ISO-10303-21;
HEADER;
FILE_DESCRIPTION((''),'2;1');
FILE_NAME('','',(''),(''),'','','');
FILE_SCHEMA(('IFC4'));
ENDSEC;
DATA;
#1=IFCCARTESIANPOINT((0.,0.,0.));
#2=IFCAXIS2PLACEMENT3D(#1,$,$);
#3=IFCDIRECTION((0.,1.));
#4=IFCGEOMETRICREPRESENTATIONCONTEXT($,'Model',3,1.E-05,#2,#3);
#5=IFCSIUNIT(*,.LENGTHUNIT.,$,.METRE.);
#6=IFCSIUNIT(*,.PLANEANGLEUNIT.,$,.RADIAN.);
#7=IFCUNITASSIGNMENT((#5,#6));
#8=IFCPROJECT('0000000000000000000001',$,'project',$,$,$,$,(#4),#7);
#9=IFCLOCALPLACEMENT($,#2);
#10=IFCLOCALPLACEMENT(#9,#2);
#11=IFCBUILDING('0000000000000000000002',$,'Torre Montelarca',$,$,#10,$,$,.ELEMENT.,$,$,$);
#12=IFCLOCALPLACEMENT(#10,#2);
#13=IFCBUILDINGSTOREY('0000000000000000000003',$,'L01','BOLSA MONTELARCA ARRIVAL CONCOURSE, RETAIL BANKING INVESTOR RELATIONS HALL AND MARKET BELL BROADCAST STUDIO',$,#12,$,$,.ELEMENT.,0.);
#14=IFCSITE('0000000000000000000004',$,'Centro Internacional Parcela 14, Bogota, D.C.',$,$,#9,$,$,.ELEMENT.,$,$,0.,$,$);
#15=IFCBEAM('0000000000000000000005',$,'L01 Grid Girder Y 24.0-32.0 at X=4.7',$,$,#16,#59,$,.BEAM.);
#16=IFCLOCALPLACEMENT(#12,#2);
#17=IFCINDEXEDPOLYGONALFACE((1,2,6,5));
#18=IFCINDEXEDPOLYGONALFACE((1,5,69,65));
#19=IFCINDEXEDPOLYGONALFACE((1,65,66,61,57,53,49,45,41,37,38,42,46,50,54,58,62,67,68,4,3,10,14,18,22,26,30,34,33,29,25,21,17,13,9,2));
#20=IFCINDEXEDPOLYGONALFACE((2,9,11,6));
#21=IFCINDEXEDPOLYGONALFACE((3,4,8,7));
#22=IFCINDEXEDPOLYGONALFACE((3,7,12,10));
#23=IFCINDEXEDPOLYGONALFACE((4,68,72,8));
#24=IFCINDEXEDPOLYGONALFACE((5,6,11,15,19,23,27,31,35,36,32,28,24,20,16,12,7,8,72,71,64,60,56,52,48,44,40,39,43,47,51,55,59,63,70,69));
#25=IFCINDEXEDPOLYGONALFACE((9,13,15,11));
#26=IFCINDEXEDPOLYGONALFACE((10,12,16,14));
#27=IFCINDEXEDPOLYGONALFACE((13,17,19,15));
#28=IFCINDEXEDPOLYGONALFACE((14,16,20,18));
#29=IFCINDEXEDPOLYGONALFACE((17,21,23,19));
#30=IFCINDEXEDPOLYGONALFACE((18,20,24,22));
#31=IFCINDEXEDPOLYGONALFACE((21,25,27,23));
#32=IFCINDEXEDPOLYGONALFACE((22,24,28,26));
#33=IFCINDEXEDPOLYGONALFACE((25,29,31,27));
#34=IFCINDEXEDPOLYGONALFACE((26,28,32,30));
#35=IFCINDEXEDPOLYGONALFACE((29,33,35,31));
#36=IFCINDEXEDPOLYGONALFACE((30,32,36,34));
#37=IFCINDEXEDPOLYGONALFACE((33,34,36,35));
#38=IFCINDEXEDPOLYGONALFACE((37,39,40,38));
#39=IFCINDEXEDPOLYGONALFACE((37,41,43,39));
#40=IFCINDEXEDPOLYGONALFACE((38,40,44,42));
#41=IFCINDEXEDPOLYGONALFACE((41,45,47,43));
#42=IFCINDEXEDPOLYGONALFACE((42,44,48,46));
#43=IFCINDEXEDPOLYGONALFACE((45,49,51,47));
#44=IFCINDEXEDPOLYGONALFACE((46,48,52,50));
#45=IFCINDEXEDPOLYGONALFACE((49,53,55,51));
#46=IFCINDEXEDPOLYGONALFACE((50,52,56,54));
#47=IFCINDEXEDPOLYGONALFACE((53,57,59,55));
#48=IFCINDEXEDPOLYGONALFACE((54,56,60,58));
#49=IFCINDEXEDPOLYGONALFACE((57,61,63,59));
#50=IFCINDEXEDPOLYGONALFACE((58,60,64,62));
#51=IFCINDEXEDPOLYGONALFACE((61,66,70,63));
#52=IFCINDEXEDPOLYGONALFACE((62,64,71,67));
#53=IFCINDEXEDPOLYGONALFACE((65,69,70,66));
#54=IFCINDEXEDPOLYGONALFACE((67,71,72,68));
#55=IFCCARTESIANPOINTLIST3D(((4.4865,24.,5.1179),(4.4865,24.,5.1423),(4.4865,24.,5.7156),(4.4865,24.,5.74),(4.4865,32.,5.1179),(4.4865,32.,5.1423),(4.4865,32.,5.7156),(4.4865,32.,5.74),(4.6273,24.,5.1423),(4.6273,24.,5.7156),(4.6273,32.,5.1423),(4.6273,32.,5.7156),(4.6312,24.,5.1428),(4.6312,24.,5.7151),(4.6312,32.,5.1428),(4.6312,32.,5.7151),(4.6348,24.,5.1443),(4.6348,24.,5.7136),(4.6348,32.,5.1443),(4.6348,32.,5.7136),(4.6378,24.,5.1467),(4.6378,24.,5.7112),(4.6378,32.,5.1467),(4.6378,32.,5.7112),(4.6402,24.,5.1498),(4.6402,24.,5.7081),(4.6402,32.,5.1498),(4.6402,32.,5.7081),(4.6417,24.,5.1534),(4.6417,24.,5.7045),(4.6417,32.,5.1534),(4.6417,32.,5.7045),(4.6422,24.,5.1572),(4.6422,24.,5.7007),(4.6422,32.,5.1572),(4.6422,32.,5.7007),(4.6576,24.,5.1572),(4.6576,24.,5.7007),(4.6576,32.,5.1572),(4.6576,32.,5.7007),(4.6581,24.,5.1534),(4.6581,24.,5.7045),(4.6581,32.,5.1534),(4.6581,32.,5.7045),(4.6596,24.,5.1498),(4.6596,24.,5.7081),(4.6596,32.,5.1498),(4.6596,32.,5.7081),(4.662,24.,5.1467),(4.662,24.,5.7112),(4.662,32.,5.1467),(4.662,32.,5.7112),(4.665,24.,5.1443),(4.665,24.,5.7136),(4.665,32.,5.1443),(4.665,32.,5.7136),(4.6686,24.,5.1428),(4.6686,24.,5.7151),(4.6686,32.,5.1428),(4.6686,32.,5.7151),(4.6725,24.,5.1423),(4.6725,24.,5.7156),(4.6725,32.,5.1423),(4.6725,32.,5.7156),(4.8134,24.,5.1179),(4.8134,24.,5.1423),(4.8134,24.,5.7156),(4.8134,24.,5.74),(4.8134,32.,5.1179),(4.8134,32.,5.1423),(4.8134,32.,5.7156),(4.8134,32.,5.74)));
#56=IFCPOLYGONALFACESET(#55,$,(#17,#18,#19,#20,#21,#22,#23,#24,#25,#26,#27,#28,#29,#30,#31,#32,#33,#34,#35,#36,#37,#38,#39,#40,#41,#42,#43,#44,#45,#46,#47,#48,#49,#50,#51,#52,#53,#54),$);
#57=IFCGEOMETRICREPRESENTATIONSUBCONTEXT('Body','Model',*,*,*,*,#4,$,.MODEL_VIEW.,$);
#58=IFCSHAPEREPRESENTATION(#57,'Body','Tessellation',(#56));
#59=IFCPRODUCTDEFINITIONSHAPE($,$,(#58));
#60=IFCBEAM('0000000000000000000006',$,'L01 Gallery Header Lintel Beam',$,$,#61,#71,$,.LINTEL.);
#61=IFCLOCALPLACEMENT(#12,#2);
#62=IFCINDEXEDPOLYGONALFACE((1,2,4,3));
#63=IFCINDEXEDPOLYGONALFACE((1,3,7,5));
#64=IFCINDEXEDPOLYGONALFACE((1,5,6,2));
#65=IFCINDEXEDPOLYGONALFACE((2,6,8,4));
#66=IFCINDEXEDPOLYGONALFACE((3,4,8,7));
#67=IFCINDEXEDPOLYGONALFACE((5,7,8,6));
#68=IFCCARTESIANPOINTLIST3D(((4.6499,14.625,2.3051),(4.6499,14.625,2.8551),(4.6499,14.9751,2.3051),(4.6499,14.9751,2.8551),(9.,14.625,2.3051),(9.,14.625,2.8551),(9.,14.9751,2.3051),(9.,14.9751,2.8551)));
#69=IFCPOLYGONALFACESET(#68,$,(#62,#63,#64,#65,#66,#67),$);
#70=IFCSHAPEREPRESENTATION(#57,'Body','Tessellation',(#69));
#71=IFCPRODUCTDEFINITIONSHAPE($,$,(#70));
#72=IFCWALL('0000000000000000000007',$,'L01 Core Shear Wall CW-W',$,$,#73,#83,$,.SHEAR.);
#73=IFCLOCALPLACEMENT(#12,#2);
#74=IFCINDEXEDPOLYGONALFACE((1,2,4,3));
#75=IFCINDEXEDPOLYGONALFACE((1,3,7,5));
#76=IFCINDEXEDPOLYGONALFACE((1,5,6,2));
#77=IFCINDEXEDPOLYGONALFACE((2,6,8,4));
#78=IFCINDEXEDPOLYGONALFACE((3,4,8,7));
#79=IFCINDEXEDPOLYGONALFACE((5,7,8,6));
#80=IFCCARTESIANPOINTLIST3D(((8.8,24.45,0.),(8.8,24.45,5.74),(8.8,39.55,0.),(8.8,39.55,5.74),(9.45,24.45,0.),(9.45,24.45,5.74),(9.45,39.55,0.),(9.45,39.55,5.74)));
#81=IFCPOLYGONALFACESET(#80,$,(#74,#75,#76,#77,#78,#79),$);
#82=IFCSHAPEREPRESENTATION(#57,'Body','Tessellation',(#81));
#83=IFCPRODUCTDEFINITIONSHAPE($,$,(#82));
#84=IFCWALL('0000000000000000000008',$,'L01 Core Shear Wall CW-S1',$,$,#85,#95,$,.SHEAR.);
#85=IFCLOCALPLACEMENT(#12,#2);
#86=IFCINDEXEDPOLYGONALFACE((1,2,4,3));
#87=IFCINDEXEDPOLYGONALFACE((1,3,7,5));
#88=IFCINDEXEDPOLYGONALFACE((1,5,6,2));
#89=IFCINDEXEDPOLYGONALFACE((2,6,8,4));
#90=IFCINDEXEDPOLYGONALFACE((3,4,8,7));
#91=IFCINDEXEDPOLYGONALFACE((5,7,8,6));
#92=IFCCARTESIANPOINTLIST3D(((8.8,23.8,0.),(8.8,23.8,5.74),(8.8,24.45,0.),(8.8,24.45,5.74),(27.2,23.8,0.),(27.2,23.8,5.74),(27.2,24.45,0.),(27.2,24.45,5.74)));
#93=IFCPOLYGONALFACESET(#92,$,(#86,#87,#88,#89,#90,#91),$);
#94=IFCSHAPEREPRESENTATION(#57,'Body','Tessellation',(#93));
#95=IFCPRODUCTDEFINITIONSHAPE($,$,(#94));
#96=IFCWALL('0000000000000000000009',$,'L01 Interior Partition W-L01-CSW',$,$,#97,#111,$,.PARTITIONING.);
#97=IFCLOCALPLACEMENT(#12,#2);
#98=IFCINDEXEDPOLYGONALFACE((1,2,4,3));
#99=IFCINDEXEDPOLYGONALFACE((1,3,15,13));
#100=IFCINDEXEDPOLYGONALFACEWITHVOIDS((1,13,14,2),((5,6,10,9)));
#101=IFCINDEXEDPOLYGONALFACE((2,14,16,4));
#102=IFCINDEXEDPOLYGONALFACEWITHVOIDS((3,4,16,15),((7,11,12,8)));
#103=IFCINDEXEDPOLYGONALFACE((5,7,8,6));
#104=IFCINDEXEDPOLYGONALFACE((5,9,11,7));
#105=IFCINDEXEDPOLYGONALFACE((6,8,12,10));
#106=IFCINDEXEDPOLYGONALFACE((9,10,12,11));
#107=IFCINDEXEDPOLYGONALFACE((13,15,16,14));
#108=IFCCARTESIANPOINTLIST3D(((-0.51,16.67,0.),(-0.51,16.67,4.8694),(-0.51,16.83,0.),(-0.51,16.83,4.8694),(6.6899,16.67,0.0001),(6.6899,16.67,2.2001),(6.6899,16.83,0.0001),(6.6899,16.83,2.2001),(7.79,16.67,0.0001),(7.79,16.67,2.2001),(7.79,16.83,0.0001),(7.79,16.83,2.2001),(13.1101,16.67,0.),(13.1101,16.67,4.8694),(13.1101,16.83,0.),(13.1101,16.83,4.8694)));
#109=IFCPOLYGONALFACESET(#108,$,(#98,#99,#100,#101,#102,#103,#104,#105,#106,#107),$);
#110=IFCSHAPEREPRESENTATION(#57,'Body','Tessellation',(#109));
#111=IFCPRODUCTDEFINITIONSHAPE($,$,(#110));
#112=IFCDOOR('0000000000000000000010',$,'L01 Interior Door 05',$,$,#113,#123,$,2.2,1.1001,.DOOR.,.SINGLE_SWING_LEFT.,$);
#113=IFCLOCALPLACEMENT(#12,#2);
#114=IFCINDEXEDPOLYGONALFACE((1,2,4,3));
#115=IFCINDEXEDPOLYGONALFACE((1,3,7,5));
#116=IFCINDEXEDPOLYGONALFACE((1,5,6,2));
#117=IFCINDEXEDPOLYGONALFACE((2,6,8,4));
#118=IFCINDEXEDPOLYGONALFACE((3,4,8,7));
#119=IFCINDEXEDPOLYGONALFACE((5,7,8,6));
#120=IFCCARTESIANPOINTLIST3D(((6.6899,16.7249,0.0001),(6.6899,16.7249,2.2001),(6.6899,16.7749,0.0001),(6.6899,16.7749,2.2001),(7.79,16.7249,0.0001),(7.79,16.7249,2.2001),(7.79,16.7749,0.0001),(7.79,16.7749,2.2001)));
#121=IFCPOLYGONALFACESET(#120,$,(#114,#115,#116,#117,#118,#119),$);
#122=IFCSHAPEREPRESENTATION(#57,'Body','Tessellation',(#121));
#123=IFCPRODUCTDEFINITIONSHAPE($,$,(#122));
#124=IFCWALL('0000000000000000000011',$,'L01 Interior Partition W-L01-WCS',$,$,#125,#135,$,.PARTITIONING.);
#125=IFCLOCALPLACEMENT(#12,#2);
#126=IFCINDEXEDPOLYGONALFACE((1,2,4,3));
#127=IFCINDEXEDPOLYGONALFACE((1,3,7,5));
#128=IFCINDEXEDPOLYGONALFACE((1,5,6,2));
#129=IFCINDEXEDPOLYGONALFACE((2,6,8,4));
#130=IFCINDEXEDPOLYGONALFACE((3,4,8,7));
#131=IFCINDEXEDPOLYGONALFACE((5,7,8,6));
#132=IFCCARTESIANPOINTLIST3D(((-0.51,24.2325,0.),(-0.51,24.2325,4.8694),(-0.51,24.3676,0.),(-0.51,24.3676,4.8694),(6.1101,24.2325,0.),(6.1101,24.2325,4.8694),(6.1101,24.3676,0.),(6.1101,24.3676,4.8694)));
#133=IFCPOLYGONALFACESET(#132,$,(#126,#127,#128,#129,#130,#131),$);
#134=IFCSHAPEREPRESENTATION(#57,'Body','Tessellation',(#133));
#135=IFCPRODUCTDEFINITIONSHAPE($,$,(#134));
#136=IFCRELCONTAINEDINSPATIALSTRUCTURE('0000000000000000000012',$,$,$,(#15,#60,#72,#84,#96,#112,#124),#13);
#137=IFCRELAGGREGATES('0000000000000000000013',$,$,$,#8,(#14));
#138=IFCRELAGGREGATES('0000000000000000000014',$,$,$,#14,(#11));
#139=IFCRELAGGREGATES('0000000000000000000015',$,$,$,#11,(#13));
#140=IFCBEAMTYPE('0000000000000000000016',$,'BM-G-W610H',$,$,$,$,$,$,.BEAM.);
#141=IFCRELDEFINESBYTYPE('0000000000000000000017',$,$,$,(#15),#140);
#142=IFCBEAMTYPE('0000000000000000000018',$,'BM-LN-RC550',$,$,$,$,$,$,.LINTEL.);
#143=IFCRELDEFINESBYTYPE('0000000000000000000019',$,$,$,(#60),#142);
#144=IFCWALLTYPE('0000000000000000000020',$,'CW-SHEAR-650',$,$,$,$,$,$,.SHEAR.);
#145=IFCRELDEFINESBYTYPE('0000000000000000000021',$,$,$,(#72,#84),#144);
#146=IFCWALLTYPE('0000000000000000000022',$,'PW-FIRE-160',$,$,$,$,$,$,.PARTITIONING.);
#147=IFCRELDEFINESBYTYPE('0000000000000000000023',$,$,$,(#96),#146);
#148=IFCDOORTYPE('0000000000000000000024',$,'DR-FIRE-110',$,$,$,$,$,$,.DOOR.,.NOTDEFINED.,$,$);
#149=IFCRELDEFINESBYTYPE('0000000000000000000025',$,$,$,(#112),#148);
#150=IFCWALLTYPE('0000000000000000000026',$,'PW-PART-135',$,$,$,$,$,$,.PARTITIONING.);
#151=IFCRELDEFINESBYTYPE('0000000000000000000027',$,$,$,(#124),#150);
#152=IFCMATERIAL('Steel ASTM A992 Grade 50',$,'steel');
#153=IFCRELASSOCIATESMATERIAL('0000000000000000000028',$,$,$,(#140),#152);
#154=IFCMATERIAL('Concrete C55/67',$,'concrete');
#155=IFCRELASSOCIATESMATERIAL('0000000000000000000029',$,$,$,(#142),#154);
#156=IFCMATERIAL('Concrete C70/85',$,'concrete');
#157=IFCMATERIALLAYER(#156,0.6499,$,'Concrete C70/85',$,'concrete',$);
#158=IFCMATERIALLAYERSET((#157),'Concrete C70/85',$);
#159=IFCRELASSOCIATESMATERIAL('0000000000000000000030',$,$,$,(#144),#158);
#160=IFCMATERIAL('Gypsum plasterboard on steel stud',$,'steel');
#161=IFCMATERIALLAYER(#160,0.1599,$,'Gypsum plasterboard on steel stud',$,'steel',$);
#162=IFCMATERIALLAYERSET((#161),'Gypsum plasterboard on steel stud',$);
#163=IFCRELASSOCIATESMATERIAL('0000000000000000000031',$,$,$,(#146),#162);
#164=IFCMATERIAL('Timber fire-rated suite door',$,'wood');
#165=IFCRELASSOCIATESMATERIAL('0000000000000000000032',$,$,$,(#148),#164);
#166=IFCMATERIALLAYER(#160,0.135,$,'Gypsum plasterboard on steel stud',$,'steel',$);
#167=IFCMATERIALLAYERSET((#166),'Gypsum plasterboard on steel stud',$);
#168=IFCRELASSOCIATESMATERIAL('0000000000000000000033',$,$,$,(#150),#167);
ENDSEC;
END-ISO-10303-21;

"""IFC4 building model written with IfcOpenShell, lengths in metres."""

from ifc_helpers import new_model, si_unit, direction, frame, frame_2d, origin, origin_2d, place, context, subcontext, project, spatial, rectangle, i_section, extrude, source, transform, mapped, material, layer, layer_set, material_profile, profile_set, type_object, element, fill, save


model = new_model("IFC4")

# Units and contexts
model_context = context("Model", 3, precision=1e-05, world=origin(), true_north=direction((0.0, 1.0)))
body_context = subcontext(model_context, "Body", "Model", "MODEL_VIEW")
ifc_project = project(units=[si_unit("LENGTHUNIT", "METRE"), si_unit("PLANEANGLEUNIT", "RADIAN")], contexts=[model_context])

# Site, building, storey
site_placement = place(None, origin())
site = spatial("IfcSite", under=ifc_project, at=site_placement, Name="Centro Internacional Parcela 14, Bogota, D.C.", CompositionType="ELEMENT", RefElevation=0.0)
building_placement = place(site_placement, origin())
building = spatial("IfcBuilding", under=site, at=building_placement, Name="Torre Montelarca", CompositionType="ELEMENT")
storey_placement = place(building_placement, origin())
storey = spatial("IfcBuildingStorey", under=building, at=storey_placement, Name="L01", Description="BOLSA MONTELARCA ARRIVAL CONCOURSE, RETAIL BANKING INVESTOR RELATIONS HALL AND MARKET BELL BROADCAST STUDIO", CompositionType="ELEMENT", Elevation=0.0)

# Shared definitions
ifc_material_1 = material(Name="Concrete C70/85", Category="concrete")

# Beams
ifc_material_2 = material(Name="Steel ASTM A992 Grade 50", Category="steel")
ifc_material_profile_1 = material_profile(ifc_material_2, i_section(OverallWidth=0.3269, OverallDepth=0.6221, WebThickness=0.0154, FlangeThickness=0.0244, FilletRadius=0.0149, at=origin_2d()), Name="W610X195", Category="steel")
ifc_profile_set_1 = profile_set([ifc_material_profile_1], Name="Steel ASTM A992 Grade 50")
beam_type_1 = type_object("IfcBeamType", Name="BM-G-W610H", PredefinedType="BEAM", material=ifc_profile_set_1)
ifc_material_3 = material(Name="Concrete C55/67", Category="concrete")
shared_shape_1 = source(origin(), body_context, "Body", "SweptSolid", [
    extrude(i_section(OverallWidth=0.3269, OverallDepth=0.6221, WebThickness=0.0154, FlangeThickness=0.0244, FilletRadius=0.0149, at=origin_2d()), origin(), (0.0, 0.0, 1.0), 8.0),
])
beam_1_placement = place(storey_placement, frame((4.6499, 24.0, 5.429), z_axis=(0.0, 1.0, 0.0), x_axis=(-1.0, 0.0, 0.0)))
element("IfcBeam", 1, at=beam_1_placement, inside=storey, type_object=beam_type_1, Name="L01 Grid Girder Y 24.0-32.0 at X=4.7", PredefinedType="BEAM", context=body_context, shape_type="MappedRepresentation", body=[
    mapped(shared_shape_1, transform((0.0, 0.0, 0.0), scale=1.0)),
])
ifc_material_profile_2 = material_profile(ifc_material_3, rectangle(XDim=0.3501, YDim=0.55, at=origin_2d()), Name="RCB350X550", Category="concrete")
ifc_profile_set_2 = profile_set([ifc_material_profile_2], Name="Concrete C55/67")
beam_type_2 = type_object("IfcBeamType", Name="BM-LN-RC550", PredefinedType="LINTEL", material=ifc_profile_set_2)
shared_shape_2 = source(origin(), body_context, "Body", "SweptSolid", [
    extrude(rectangle(XDim=0.3501, YDim=0.55, at=origin_2d()), origin(), (0.0, 0.0, 1.0), 4.3501),
])
beam_2_placement = place(storey_placement, frame((4.6499, 14.8, 2.5801), z_axis=(1.0, 0.0, 0.0), x_axis=(0.0, 1.0, 0.0)))
element("IfcBeam", 2, at=beam_2_placement, inside=storey, type_object=beam_type_2, Name="L01 Gallery Header Lintel Beam", PredefinedType="LINTEL", context=body_context, shape_type="MappedRepresentation", body=[
    mapped(shared_shape_2, transform((0.0, 0.0, 0.0), scale=1.0)),
])

# Walls
ifc_layer_1 = layer(ifc_material_1, 0.6499, Name="Concrete C70/85", Category="concrete")
ifc_layer_set_1 = layer_set([ifc_layer_1], Name="Concrete C70/85")
wall_type_1 = type_object("IfcWallType", Name="CW-SHEAR-650", PredefinedType="SHEAR", material=ifc_layer_set_1)
wall_1_placement = place(storey_placement, frame((9.125, 24.45, 0.0), z_axis=(0.0, 0.0, 1.0), x_axis=(0.0, 1.0, 0.0)))
element("IfcWall", 3, at=wall_1_placement, inside=storey, type_object=wall_type_1, Name="L01 Core Shear Wall CW-W", PredefinedType="SHEAR", context=body_context, shape_type="SweptSolid", body=[
    extrude(rectangle(XDim=15.1001, YDim=0.6499, at=frame_2d((7.55, 0.0))), origin(), (0.0, 0.0, 1.0), 5.74),
])
wall_2_placement = place(storey_placement, frame((8.8, 24.125, 0.0), z_axis=(0.0, 0.0, 1.0), x_axis=(1.0, 0.0, 0.0)))
element("IfcWall", 4, at=wall_2_placement, inside=storey, type_object=wall_type_1, Name="L01 Core Shear Wall CW-S1", PredefinedType="SHEAR", context=body_context, shape_type="SweptSolid", body=[
    extrude(rectangle(XDim=18.3999, YDim=0.6499, at=frame_2d((9.2, 0.0))), origin(), (0.0, 0.0, 1.0), 5.74),
])

# Wall, opening, door
ifc_material_4 = material(Name="Gypsum plasterboard on steel stud", Category="steel")
ifc_layer_2 = layer(ifc_material_4, 0.1599, Name="Gypsum plasterboard on steel stud", Category="steel")
ifc_layer_set_2 = layer_set([ifc_layer_2], Name="Gypsum plasterboard on steel stud")
wall_type_2 = type_object("IfcWallType", Name="PW-FIRE-160", PredefinedType="PARTITIONING", material=ifc_layer_set_2)
wall_3_placement = place(storey_placement, frame((-0.51, 16.75, 0.0), z_axis=(0.0, 0.0, 1.0), x_axis=(1.0, 0.0, 0.0)))
wall_3 = element("IfcWall", 5, at=wall_3_placement, inside=storey, type_object=wall_type_2, Name="L01 Interior Partition W-L01-CSW", PredefinedType="PARTITIONING", context=body_context, shape_type="SweptSolid", body=[
    extrude(rectangle(XDim=13.6201, YDim=0.1599, at=frame_2d((6.8101, 0.0))), origin(), (0.0, 0.0, 1.0), 4.8694),
])
opening_1_placement = place(wall_3_placement, frame((7.2, 0.0, 0.0)))
opening_1 = element("IfcOpeningElement", 6, at=opening_1_placement, cuts=wall_3, PredefinedType="OPENING", context=body_context, shape_type="SweptSolid", body=[
    extrude(rectangle(XDim=1.1001, YDim=2.2, at=frame_2d((0.55, 1.1001))), frame((0.0, 0.0898, 0.0), z_axis=(0.0, -1.0, 0.0), x_axis=(1.0, 0.0, 0.0)), (0.0, 0.0, 1.0), 0.1799),
])
ifc_material_5 = material(Name="Timber fire-rated suite door", Category="wood")
door_type_1 = type_object("IfcDoorType", Name="DR-FIRE-110", OperationType="NOTDEFINED", PredefinedType="DOOR", material=ifc_material_5)
shared_shape_3 = source(origin(), body_context, "Body", "SweptSolid", [
    extrude(rectangle(XDim=1.1001, YDim=2.2, at=frame_2d((0.55, 1.1001))), frame((0.0, 0.0249, 0.0), z_axis=(0.0, -1.0, 0.0), x_axis=(1.0, 0.0, 0.0)), (0.0, 0.0, 1.0), 0.05),
])
door_1_placement = place(opening_1_placement, origin())
door_1 = element("IfcDoor", 7, at=door_1_placement, inside=storey, type_object=door_type_1, Name="L01 Interior Door 05", OperationType="SINGLE_SWING_LEFT", OverallHeight=2.2, OverallWidth=1.1001, PredefinedType="DOOR", context=body_context, shape_type="MappedRepresentation", body=[
    mapped(shared_shape_3, transform((0.0, 0.0, 0.0), scale=1.0)),
])
fill(opening_1, door_1)

# Wall
ifc_layer_3 = layer(ifc_material_4, 0.135, Name="Gypsum plasterboard on steel stud", Category="steel")
ifc_layer_set_3 = layer_set([ifc_layer_3], Name="Gypsum plasterboard on steel stud")
wall_type_3 = type_object("IfcWallType", Name="PW-PART-135", PredefinedType="PARTITIONING", material=ifc_layer_set_3)
wall_4_placement = place(storey_placement, frame((-0.51, 24.3, 0.0), z_axis=(0.0, 0.0, 1.0), x_axis=(1.0, 0.0, 0.0)))
element("IfcWall", 8, at=wall_4_placement, inside=storey, type_object=wall_type_3, Name="L01 Interior Partition W-L01-WCS", PredefinedType="PARTITIONING", context=body_context, shape_type="SweptSolid", body=[
    extrude(rectangle(XDim=6.6201, YDim=0.135, at=frame_2d((3.3101, 0.0))), origin(), (0.0, 0.0, 1.0), 4.8694),
])

save(model, "model.ifc")
